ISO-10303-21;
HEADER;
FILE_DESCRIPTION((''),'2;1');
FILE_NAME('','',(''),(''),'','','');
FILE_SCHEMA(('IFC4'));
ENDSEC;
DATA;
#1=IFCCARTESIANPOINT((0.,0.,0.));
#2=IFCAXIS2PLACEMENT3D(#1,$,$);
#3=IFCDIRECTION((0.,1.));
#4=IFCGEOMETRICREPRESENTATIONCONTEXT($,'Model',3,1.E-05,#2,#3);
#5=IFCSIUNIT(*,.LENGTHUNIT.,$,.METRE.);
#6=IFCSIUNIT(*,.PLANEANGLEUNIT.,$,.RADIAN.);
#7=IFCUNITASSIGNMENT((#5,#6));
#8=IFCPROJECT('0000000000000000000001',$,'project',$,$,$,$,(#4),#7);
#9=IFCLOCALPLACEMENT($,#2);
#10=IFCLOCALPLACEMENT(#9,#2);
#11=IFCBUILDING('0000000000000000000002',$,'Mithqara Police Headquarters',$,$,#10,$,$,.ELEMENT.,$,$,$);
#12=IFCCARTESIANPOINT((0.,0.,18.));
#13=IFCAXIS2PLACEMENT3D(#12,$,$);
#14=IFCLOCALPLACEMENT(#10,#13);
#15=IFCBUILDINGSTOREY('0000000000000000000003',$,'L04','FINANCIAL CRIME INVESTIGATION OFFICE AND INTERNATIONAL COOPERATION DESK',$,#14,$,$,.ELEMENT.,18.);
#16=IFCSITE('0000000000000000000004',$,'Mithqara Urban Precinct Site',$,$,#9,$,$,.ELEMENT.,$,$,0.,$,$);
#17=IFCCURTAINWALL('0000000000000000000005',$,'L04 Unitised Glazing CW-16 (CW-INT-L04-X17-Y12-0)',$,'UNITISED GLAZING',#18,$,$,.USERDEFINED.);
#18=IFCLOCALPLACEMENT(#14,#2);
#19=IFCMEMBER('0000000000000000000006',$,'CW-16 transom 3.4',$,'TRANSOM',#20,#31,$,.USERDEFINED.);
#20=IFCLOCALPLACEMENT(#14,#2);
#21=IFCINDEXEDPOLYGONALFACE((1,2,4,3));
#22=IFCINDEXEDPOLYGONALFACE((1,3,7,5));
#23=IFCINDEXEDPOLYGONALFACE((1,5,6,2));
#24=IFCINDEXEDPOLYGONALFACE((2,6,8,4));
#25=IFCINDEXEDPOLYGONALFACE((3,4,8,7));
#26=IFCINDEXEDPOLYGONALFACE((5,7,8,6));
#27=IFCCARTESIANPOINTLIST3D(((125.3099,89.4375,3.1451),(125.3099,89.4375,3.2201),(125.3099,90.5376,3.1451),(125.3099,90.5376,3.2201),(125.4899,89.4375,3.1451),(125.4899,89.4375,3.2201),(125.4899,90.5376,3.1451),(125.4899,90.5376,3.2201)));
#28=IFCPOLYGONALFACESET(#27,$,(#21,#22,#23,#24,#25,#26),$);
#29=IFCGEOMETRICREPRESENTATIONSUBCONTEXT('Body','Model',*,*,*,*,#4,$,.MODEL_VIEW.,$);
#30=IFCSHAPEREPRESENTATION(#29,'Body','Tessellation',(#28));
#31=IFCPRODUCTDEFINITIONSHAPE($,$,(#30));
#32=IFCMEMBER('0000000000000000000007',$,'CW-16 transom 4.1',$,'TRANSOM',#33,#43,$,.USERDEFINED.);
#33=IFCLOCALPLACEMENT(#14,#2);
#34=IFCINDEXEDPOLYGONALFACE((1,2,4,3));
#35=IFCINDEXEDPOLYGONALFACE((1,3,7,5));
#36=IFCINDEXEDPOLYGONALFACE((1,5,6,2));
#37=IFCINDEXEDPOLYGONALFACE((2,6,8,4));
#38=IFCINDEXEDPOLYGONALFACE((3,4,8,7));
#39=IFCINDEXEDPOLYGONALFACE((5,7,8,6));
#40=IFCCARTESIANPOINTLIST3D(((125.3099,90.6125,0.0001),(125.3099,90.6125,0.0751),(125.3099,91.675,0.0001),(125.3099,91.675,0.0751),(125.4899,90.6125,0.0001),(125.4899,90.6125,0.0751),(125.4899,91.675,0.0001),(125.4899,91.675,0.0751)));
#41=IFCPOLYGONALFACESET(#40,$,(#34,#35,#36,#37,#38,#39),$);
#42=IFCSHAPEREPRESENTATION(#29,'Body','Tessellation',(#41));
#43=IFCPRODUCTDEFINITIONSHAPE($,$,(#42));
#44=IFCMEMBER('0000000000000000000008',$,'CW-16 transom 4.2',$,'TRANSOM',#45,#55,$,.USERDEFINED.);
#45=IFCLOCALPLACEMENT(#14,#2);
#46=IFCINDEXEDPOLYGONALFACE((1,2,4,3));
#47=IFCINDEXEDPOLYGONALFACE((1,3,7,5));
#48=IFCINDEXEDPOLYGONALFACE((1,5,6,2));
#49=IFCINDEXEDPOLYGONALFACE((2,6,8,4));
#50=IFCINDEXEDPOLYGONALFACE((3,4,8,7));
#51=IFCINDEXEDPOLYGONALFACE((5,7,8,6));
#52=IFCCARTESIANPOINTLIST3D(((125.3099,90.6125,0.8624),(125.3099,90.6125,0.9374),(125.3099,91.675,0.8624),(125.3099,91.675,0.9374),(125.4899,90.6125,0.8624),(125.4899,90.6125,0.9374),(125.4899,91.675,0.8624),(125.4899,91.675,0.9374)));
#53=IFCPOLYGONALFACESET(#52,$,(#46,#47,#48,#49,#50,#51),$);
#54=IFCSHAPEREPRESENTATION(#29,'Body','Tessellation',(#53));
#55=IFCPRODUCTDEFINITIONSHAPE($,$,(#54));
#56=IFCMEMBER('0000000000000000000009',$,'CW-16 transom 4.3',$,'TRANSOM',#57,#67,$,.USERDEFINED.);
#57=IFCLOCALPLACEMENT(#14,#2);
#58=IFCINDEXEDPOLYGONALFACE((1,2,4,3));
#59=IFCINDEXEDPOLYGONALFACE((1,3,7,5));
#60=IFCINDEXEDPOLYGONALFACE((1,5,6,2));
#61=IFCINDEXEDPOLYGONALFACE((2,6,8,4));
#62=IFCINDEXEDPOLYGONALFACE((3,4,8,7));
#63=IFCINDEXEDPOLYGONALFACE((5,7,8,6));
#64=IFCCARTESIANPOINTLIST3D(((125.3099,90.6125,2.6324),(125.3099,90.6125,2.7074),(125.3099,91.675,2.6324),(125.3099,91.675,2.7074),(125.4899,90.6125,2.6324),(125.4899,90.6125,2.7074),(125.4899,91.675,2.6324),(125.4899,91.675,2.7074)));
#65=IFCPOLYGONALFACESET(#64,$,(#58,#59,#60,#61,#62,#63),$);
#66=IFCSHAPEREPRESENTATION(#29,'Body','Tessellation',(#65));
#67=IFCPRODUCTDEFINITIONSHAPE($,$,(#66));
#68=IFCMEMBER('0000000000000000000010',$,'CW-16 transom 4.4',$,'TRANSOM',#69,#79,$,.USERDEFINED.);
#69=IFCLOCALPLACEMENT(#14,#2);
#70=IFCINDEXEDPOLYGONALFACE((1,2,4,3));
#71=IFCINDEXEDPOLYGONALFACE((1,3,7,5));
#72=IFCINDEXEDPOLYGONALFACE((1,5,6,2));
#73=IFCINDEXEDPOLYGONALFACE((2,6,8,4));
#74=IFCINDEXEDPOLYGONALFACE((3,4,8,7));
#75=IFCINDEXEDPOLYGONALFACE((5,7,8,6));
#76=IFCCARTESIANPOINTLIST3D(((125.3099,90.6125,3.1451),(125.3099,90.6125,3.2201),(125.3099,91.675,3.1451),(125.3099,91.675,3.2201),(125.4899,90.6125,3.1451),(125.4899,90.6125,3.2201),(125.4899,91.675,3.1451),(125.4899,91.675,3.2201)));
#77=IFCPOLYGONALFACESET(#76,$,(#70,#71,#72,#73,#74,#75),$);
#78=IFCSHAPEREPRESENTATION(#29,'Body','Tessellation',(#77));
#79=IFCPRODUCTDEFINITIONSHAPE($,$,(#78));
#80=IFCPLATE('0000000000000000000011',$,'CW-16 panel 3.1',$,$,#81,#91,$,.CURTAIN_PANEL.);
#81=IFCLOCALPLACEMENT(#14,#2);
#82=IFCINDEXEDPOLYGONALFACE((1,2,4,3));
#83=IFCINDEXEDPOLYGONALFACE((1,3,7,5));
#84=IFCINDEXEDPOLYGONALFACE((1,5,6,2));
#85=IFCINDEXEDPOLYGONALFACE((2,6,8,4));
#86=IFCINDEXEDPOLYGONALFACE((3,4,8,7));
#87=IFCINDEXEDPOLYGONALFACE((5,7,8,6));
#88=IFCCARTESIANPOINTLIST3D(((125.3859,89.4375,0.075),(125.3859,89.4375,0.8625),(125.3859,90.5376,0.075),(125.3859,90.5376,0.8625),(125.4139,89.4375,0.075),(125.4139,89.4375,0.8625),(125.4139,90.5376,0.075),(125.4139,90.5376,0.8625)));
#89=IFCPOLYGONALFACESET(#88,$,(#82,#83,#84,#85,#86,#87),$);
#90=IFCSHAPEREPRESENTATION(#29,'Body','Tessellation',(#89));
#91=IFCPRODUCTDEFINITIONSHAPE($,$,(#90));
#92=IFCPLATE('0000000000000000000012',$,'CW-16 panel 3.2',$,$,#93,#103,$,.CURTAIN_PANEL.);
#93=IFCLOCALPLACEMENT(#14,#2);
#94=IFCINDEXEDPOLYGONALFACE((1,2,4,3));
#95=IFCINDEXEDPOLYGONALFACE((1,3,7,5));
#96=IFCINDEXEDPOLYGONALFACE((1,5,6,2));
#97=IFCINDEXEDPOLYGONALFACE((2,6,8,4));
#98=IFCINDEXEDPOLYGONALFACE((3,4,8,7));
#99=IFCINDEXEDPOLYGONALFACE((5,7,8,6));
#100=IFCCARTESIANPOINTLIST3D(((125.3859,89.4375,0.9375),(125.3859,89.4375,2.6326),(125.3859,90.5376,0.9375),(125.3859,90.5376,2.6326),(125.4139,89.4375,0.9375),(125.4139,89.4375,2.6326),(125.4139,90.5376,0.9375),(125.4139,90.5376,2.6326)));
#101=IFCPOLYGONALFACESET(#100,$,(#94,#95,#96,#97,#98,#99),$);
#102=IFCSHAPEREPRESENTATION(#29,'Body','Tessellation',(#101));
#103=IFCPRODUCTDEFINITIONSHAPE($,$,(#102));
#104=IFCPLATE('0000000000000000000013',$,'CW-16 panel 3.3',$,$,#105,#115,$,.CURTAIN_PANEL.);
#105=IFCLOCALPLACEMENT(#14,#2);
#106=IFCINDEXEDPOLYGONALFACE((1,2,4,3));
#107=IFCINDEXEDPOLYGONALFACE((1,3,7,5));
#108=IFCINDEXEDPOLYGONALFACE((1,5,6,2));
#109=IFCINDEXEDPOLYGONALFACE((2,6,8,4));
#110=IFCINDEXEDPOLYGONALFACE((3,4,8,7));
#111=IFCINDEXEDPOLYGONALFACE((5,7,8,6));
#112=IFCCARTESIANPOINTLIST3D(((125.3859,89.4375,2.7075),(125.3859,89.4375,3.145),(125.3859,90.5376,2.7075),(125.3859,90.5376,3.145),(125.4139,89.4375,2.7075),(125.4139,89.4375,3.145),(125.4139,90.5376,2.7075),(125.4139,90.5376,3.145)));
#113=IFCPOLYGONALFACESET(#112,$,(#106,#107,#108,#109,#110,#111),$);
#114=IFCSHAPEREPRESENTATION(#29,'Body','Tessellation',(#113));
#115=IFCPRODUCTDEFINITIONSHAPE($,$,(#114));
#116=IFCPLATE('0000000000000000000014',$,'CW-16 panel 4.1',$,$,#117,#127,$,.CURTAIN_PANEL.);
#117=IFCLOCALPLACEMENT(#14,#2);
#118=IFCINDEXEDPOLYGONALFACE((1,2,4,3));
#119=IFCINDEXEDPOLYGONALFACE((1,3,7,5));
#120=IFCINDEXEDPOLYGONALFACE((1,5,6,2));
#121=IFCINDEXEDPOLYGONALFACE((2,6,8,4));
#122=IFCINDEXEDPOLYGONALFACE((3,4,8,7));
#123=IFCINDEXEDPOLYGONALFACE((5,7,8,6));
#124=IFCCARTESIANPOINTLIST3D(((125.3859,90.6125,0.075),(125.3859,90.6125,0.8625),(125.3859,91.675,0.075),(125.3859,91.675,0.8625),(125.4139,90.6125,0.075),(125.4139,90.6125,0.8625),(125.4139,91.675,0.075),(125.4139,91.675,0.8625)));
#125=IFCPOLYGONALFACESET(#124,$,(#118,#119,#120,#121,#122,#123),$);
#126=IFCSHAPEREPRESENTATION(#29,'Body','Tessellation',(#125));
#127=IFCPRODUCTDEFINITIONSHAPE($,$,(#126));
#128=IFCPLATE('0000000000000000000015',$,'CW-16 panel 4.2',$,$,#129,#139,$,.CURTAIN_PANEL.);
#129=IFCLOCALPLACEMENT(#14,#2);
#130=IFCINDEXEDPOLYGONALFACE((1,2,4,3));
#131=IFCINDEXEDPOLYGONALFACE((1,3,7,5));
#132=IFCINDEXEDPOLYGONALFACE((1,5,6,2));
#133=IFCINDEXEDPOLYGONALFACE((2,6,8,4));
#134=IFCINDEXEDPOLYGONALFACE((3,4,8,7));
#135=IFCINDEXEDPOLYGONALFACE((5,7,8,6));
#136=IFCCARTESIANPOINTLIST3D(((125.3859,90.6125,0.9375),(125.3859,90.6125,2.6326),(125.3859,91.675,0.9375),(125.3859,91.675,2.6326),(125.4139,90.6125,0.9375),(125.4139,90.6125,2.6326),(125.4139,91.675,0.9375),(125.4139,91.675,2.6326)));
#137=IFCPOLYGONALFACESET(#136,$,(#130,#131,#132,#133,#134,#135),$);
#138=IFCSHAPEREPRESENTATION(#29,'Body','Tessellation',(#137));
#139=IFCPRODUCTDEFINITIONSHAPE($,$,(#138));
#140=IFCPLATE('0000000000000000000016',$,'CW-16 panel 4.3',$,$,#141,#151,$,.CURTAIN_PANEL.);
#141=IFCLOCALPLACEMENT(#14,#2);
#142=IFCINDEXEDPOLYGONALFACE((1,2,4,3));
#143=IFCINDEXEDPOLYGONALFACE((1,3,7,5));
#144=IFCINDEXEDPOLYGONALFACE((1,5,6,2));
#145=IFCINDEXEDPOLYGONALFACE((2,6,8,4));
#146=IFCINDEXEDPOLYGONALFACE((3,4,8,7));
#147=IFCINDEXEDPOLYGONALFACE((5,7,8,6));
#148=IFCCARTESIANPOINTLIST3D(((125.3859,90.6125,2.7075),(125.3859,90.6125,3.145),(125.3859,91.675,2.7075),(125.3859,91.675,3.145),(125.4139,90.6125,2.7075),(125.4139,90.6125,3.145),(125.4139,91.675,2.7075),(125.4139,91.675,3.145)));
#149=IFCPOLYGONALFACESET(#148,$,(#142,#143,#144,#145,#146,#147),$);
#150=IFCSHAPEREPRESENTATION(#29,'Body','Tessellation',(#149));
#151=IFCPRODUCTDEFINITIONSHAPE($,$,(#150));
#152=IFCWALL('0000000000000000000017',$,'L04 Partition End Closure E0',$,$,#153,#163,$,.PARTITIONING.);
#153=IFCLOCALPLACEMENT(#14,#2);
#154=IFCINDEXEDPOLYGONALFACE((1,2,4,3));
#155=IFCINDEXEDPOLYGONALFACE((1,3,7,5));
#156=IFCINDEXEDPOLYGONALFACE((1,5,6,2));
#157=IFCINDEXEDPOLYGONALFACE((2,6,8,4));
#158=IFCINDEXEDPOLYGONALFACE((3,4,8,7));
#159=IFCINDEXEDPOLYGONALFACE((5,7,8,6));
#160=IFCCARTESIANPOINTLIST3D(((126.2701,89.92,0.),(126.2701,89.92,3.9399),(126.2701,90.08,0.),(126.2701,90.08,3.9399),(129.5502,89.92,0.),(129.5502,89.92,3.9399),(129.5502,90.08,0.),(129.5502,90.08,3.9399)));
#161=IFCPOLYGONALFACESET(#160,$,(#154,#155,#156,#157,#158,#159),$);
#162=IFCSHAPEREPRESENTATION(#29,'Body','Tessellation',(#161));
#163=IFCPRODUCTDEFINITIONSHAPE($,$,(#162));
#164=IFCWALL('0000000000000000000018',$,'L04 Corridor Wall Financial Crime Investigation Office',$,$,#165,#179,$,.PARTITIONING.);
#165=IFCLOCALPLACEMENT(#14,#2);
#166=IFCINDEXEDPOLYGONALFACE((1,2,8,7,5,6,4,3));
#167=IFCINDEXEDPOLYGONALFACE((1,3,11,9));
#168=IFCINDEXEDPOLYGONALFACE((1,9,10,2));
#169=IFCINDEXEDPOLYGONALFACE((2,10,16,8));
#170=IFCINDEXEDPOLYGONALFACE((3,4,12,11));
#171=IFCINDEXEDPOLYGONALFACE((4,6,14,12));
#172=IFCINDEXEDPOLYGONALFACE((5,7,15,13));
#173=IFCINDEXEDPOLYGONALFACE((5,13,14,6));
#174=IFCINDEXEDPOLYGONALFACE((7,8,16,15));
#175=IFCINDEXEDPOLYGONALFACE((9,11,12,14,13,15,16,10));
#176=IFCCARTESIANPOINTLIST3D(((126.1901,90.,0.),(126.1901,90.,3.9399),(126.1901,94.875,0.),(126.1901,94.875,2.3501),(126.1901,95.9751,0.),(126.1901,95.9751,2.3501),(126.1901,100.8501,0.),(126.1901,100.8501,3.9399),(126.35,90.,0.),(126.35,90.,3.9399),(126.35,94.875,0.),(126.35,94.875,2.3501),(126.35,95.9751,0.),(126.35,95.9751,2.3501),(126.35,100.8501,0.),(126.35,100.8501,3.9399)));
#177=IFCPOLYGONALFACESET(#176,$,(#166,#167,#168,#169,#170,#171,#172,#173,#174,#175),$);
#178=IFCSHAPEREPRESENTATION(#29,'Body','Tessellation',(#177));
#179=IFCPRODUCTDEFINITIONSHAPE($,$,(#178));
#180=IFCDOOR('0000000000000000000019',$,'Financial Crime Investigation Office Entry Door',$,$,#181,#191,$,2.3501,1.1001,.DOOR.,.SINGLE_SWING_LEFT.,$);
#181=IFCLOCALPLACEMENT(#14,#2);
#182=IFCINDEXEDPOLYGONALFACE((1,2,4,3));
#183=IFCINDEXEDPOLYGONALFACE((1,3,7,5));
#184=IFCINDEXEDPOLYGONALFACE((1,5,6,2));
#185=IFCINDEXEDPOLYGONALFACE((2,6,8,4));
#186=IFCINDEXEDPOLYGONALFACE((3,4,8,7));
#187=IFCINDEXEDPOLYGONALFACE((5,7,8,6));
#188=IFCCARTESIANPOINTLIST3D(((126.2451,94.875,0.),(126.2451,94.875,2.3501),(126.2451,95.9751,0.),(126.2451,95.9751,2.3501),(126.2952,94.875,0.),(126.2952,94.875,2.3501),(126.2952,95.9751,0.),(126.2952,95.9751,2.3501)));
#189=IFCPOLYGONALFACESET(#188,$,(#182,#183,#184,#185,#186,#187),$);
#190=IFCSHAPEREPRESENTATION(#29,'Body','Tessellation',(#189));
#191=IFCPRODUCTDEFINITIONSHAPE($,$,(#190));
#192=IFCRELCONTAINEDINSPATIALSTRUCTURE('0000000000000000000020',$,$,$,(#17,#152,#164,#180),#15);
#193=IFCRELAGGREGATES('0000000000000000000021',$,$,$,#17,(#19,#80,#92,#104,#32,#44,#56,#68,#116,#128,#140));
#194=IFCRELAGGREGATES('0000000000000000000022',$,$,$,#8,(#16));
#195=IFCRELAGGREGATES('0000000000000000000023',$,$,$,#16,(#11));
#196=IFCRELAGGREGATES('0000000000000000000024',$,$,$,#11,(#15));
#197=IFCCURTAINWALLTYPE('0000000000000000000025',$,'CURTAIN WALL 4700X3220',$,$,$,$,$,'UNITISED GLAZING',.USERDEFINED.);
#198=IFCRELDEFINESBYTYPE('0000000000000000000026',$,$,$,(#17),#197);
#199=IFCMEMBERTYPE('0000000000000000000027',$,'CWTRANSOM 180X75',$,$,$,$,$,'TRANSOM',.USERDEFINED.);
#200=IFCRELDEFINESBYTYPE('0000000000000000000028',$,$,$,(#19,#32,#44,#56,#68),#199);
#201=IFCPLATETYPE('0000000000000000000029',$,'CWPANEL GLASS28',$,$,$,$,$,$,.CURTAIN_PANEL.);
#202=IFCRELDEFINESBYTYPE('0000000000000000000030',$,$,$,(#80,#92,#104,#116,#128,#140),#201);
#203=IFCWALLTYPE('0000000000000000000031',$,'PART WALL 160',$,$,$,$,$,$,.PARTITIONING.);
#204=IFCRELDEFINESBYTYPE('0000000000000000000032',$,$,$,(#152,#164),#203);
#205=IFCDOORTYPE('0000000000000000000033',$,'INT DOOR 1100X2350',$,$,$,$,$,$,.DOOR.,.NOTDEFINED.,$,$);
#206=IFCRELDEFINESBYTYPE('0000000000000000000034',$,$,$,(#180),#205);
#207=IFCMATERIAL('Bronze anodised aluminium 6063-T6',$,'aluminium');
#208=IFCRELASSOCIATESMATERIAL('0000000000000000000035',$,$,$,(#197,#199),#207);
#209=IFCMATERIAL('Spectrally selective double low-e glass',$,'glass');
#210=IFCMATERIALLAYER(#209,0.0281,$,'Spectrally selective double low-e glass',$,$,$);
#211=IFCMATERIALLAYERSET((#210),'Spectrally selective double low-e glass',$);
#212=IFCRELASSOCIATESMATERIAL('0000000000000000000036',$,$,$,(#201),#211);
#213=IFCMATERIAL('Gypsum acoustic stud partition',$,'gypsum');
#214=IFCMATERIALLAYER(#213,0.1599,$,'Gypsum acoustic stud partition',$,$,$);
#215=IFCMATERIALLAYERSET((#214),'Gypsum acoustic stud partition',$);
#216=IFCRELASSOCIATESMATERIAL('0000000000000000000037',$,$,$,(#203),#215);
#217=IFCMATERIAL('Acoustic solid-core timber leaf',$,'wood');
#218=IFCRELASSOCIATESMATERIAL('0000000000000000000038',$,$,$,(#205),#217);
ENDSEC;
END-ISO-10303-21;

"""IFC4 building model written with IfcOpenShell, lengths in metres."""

from ifc_helpers import new_model, si_unit, direction, frame, frame_2d, origin, origin_2d, place, context, subcontext, project, spatial, rectangle, extrude, material, layer, layer_set, material_profile, profile_set, type_object, element, fill, aggregate, save


model = new_model("IFC4")

# Units and contexts
model_context = context("Model", 3, precision=1e-05, world=origin(), true_north=direction((0.0, 1.0)))
body_context = subcontext(model_context, "Body", "Model", "MODEL_VIEW")
ifc_project = project(units=[si_unit("LENGTHUNIT", "METRE"), si_unit("PLANEANGLEUNIT", "RADIAN")], contexts=[model_context])

# Site, building, storey
site_placement = place(None, origin())
site = spatial("IfcSite", under=ifc_project, at=site_placement, Name="Mithqara Urban Precinct Site", CompositionType="ELEMENT", RefElevation=0.0)
building_placement = place(site_placement, origin())
building = spatial("IfcBuilding", under=site, at=building_placement, Name="Mithqara Police Headquarters", CompositionType="ELEMENT")
storey_placement = place(building_placement, frame((0.0, 0.0, 18.0)))
storey = spatial("IfcBuildingStorey", under=building, at=storey_placement, Name="L04", Description="FINANCIAL CRIME INVESTIGATION OFFICE AND INTERNATIONAL COOPERATION DESK", CompositionType="ELEMENT", Elevation=18.0)

# Curtain wall, members, plates
ifc_material_1 = material(Name="Bronze anodised aluminium 6063-T6", Category="aluminium")
curtain_wall_type = type_object("IfcCurtainWallType", Name="CURTAIN WALL 4700X3220", ElementType="UNITISED GLAZING", PredefinedType="USERDEFINED", material=ifc_material_1)
curtain_wall_placement = place(storey_placement, origin())
curtain_wall = element("IfcCurtainWall", 1, at=curtain_wall_placement, inside=storey, type_object=curtain_wall_type, Name="L04 Unitised Glazing CW-16 (CW-INT-L04-X17-Y12-0)", ObjectType="UNITISED GLAZING", PredefinedType="USERDEFINED")
ifc_material_profile_1 = material_profile(ifc_material_1, rectangle(XDim=0.1799, YDim=0.075, at=origin_2d()), Name="CWT 180x75")
ifc_profile_set_1 = profile_set([ifc_material_profile_1], Name="Bronze anodised aluminium 6063-T6")
member_type_1 = type_object("IfcMemberType", Name="CWTRANSOM 180X75", ElementType="TRANSOM", PredefinedType="USERDEFINED", material=ifc_profile_set_1)
member_1_placement = place(storey_placement, frame((125.3999, 89.4375, 3.1826), z_axis=(0.0, 1.0, 0.0), x_axis=(-1.0, 0.0, 0.0)))
member_1 = element("IfcMember", 2, at=member_1_placement, type_object=member_type_1, Name="CW-16 transom 3.4", ObjectType="TRANSOM", PredefinedType="USERDEFINED", context=body_context, shape_type="SweptSolid", body=[
    extrude(rectangle(XDim=0.1799, YDim=0.075, at=origin_2d()), origin(), (0.0, 0.0, 1.0), 1.1001),
])
member_2_placement = place(storey_placement, frame((125.3999, 90.6125, 0.0376), z_axis=(0.0, 1.0, 0.0), x_axis=(-1.0, 0.0, 0.0)))
member_2 = element("IfcMember", 3, at=member_2_placement, type_object=member_type_1, Name="CW-16 transom 4.1", ObjectType="TRANSOM", PredefinedType="USERDEFINED", context=body_context, shape_type="SweptSolid", body=[
    extrude(rectangle(XDim=0.1799, YDim=0.075, at=origin_2d()), origin(), (0.0, 0.0, 1.0), 1.0625),
])
member_3_placement = place(storey_placement, frame((125.3999, 90.6125, 0.8999), z_axis=(0.0, 1.0, 0.0), x_axis=(-1.0, 0.0, 0.0)))
member_3 = element("IfcMember", 4, at=member_3_placement, type_object=member_type_1, Name="CW-16 transom 4.2", ObjectType="TRANSOM", PredefinedType="USERDEFINED", context=body_context, shape_type="SweptSolid", body=[
    extrude(rectangle(XDim=0.1799, YDim=0.075, at=origin_2d()), origin(), (0.0, 0.0, 1.0), 1.0625),
])
member_4_placement = place(storey_placement, frame((125.3999, 90.6125, 2.6699), z_axis=(0.0, 1.0, 0.0), x_axis=(-1.0, 0.0, 0.0)))
member_4 = element("IfcMember", 5, at=member_4_placement, type_object=member_type_1, Name="CW-16 transom 4.3", ObjectType="TRANSOM", PredefinedType="USERDEFINED", context=body_context, shape_type="SweptSolid", body=[
    extrude(rectangle(XDim=0.1799, YDim=0.075, at=origin_2d()), origin(), (0.0, 0.0, 1.0), 1.0625),
])
member_5_placement = place(storey_placement, frame((125.3999, 90.6125, 3.1826), z_axis=(0.0, 1.0, 0.0), x_axis=(-1.0, 0.0, 0.0)))
member_5 = element("IfcMember", 6, at=member_5_placement, type_object=member_type_1, Name="CW-16 transom 4.4", ObjectType="TRANSOM", PredefinedType="USERDEFINED", context=body_context, shape_type="SweptSolid", body=[
    extrude(rectangle(XDim=0.1799, YDim=0.075, at=origin_2d()), origin(), (0.0, 0.0, 1.0), 1.0625),
])
ifc_material_2 = material(Name="Spectrally selective double low-e glass", Category="glass")
ifc_layer_1 = layer(ifc_material_2, 0.0281, Name="Spectrally selective double low-e glass")
ifc_layer_set_1 = layer_set([ifc_layer_1], Name="Spectrally selective double low-e glass")
plate_type = type_object("IfcPlateType", Name="CWPANEL GLASS28", PredefinedType="CURTAIN_PANEL", material=ifc_layer_set_1)
plate_1_placement = place(storey_placement, frame((125.3999, 89.9875, 0.075), z_axis=(0.0, 0.0, 1.0), x_axis=(0.0, 1.0, 0.0)))
plate_1 = element("IfcPlate", 7, at=plate_1_placement, type_object=plate_type, Name="CW-16 panel 3.1", PredefinedType="CURTAIN_PANEL", context=body_context, shape_type="SweptSolid", body=[
    extrude(rectangle(XDim=1.1001, YDim=0.0281, at=origin_2d()), origin(), (0.0, 0.0, 1.0), 0.7876),
])
plate_2_placement = place(storey_placement, frame((125.3999, 89.9875, 0.9375), z_axis=(0.0, 0.0, 1.0), x_axis=(0.0, 1.0, 0.0)))
plate_2 = element("IfcPlate", 8, at=plate_2_placement, type_object=plate_type, Name="CW-16 panel 3.2", PredefinedType="CURTAIN_PANEL", context=body_context, shape_type="SweptSolid", body=[
    extrude(rectangle(XDim=1.1001, YDim=0.0281, at=origin_2d()), origin(), (0.0, 0.0, 1.0), 1.6951),
])
plate_3_placement = place(storey_placement, frame((125.3999, 89.9875, 2.7075), z_axis=(0.0, 0.0, 1.0), x_axis=(0.0, 1.0, 0.0)))
plate_3 = element("IfcPlate", 9, at=plate_3_placement, type_object=plate_type, Name="CW-16 panel 3.3", PredefinedType="CURTAIN_PANEL", context=body_context, shape_type="SweptSolid", body=[
    extrude(rectangle(XDim=1.1001, YDim=0.0281, at=origin_2d()), origin(), (0.0, 0.0, 1.0), 0.4375),
])
plate_4_placement = place(storey_placement, frame((125.3999, 91.1438, 0.075), z_axis=(0.0, 0.0, 1.0), x_axis=(0.0, 1.0, 0.0)))
plate_4 = element("IfcPlate", 10, at=plate_4_placement, type_object=plate_type, Name="CW-16 panel 4.1", PredefinedType="CURTAIN_PANEL", context=body_context, shape_type="SweptSolid", body=[
    extrude(rectangle(XDim=1.0625, YDim=0.0281, at=origin_2d()), origin(), (0.0, 0.0, 1.0), 0.7876),
])
plate_5_placement = place(storey_placement, frame((125.3999, 91.1438, 0.9375), z_axis=(0.0, 0.0, 1.0), x_axis=(0.0, 1.0, 0.0)))
plate_5 = element("IfcPlate", 11, at=plate_5_placement, type_object=plate_type, Name="CW-16 panel 4.2", PredefinedType="CURTAIN_PANEL", context=body_context, shape_type="SweptSolid", body=[
    extrude(rectangle(XDim=1.0625, YDim=0.0281, at=origin_2d()), origin(), (0.0, 0.0, 1.0), 1.6951),
])
plate_6_placement = place(storey_placement, frame((125.3999, 91.1438, 2.7075), z_axis=(0.0, 0.0, 1.0), x_axis=(0.0, 1.0, 0.0)))
plate_6 = element("IfcPlate", 12, at=plate_6_placement, type_object=plate_type, Name="CW-16 panel 4.3", PredefinedType="CURTAIN_PANEL", context=body_context, shape_type="SweptSolid", body=[
    extrude(rectangle(XDim=1.0625, YDim=0.0281, at=origin_2d()), origin(), (0.0, 0.0, 1.0), 0.4375),
])
aggregate(curtain_wall, [member_1, plate_1, plate_2, plate_3, member_2, member_3, member_4, member_5, plate_4, plate_5, plate_6])

# Wall
ifc_material_3 = material(Name="Gypsum acoustic stud partition", Category="gypsum")
ifc_layer_2 = layer(ifc_material_3, 0.1599, Name="Gypsum acoustic stud partition")
ifc_layer_set_2 = layer_set([ifc_layer_2], Name="Gypsum acoustic stud partition")
wall_type_1 = type_object("IfcWallType", Name="PART WALL 160", PredefinedType="PARTITIONING", material=ifc_layer_set_2)
wall_1_placement = place(storey_placement, frame((126.27, 90.0, 0.0), z_axis=(0.0, 0.0, 1.0), x_axis=(1.0, 0.0, 0.0)))
element("IfcWall", 13, at=wall_1_placement, inside=storey, type_object=wall_type_1, Name="L04 Partition End Closure E0", PredefinedType="PARTITIONING", context=body_context, shape_type="SweptSolid", body=[
    extrude(rectangle(XDim=3.28, YDim=0.1599, at=frame_2d((1.6401, 0.0))), origin(), (0.0, 0.0, 1.0), 3.9399),
])

# Wall, opening, door
wall_2_placement = place(storey_placement, frame((126.27, 90.0, 0.0), z_axis=(0.0, 0.0, 1.0), x_axis=(0.0, 1.0, 0.0)))
wall_2 = element("IfcWall", 14, at=wall_2_placement, inside=storey, type_object=wall_type_1, Name="L04 Corridor Wall Financial Crime Investigation Office", PredefinedType="PARTITIONING", context=body_context, shape_type="SweptSolid", body=[
    extrude(rectangle(XDim=10.8501, YDim=0.1599, at=frame_2d((5.425, 0.0))), origin(), (0.0, 0.0, 1.0), 3.9399),
])
opening_1_placement = place(wall_2_placement, frame((4.875, 0.0, 0.0)))
opening_1 = element("IfcOpeningElement", 15, at=opening_1_placement, cuts=wall_2, PredefinedType="OPENING", context=body_context, shape_type="SweptSolid", body=[
    extrude(rectangle(XDim=1.1001, YDim=2.3501, at=frame_2d((0.55, 1.175))), frame((0.0, 0.0898, 0.0), z_axis=(0.0, -1.0, 0.0), x_axis=(1.0, 0.0, 0.0)), (0.0, 0.0, 1.0), 0.1799),
])
ifc_material_4 = material(Name="Acoustic solid-core timber leaf", Category="wood")
door_type_1 = type_object("IfcDoorType", Name="INT DOOR 1100X2350", OperationType="NOTDEFINED", PredefinedType="DOOR", material=ifc_material_4)
door_1_placement = place(opening_1_placement, origin())
door_1 = element("IfcDoor", 16, at=door_1_placement, inside=storey, type_object=door_type_1, Name="Financial Crime Investigation Office Entry Door", OperationType="SINGLE_SWING_LEFT", OverallHeight=2.3501, OverallWidth=1.1001, PredefinedType="DOOR", context=body_context, shape_type="SweptSolid", body=[
    extrude(rectangle(XDim=1.1001, YDim=2.3501, at=frame_2d((0.55, 1.175))), frame((0.0, 0.0249, 0.0), z_axis=(0.0, -1.0, 0.0), x_axis=(1.0, 0.0, 0.0)), (0.0, 0.0, 1.0), 0.05),
])
fill(opening_1, door_1)

save(model, "model.ifc")
